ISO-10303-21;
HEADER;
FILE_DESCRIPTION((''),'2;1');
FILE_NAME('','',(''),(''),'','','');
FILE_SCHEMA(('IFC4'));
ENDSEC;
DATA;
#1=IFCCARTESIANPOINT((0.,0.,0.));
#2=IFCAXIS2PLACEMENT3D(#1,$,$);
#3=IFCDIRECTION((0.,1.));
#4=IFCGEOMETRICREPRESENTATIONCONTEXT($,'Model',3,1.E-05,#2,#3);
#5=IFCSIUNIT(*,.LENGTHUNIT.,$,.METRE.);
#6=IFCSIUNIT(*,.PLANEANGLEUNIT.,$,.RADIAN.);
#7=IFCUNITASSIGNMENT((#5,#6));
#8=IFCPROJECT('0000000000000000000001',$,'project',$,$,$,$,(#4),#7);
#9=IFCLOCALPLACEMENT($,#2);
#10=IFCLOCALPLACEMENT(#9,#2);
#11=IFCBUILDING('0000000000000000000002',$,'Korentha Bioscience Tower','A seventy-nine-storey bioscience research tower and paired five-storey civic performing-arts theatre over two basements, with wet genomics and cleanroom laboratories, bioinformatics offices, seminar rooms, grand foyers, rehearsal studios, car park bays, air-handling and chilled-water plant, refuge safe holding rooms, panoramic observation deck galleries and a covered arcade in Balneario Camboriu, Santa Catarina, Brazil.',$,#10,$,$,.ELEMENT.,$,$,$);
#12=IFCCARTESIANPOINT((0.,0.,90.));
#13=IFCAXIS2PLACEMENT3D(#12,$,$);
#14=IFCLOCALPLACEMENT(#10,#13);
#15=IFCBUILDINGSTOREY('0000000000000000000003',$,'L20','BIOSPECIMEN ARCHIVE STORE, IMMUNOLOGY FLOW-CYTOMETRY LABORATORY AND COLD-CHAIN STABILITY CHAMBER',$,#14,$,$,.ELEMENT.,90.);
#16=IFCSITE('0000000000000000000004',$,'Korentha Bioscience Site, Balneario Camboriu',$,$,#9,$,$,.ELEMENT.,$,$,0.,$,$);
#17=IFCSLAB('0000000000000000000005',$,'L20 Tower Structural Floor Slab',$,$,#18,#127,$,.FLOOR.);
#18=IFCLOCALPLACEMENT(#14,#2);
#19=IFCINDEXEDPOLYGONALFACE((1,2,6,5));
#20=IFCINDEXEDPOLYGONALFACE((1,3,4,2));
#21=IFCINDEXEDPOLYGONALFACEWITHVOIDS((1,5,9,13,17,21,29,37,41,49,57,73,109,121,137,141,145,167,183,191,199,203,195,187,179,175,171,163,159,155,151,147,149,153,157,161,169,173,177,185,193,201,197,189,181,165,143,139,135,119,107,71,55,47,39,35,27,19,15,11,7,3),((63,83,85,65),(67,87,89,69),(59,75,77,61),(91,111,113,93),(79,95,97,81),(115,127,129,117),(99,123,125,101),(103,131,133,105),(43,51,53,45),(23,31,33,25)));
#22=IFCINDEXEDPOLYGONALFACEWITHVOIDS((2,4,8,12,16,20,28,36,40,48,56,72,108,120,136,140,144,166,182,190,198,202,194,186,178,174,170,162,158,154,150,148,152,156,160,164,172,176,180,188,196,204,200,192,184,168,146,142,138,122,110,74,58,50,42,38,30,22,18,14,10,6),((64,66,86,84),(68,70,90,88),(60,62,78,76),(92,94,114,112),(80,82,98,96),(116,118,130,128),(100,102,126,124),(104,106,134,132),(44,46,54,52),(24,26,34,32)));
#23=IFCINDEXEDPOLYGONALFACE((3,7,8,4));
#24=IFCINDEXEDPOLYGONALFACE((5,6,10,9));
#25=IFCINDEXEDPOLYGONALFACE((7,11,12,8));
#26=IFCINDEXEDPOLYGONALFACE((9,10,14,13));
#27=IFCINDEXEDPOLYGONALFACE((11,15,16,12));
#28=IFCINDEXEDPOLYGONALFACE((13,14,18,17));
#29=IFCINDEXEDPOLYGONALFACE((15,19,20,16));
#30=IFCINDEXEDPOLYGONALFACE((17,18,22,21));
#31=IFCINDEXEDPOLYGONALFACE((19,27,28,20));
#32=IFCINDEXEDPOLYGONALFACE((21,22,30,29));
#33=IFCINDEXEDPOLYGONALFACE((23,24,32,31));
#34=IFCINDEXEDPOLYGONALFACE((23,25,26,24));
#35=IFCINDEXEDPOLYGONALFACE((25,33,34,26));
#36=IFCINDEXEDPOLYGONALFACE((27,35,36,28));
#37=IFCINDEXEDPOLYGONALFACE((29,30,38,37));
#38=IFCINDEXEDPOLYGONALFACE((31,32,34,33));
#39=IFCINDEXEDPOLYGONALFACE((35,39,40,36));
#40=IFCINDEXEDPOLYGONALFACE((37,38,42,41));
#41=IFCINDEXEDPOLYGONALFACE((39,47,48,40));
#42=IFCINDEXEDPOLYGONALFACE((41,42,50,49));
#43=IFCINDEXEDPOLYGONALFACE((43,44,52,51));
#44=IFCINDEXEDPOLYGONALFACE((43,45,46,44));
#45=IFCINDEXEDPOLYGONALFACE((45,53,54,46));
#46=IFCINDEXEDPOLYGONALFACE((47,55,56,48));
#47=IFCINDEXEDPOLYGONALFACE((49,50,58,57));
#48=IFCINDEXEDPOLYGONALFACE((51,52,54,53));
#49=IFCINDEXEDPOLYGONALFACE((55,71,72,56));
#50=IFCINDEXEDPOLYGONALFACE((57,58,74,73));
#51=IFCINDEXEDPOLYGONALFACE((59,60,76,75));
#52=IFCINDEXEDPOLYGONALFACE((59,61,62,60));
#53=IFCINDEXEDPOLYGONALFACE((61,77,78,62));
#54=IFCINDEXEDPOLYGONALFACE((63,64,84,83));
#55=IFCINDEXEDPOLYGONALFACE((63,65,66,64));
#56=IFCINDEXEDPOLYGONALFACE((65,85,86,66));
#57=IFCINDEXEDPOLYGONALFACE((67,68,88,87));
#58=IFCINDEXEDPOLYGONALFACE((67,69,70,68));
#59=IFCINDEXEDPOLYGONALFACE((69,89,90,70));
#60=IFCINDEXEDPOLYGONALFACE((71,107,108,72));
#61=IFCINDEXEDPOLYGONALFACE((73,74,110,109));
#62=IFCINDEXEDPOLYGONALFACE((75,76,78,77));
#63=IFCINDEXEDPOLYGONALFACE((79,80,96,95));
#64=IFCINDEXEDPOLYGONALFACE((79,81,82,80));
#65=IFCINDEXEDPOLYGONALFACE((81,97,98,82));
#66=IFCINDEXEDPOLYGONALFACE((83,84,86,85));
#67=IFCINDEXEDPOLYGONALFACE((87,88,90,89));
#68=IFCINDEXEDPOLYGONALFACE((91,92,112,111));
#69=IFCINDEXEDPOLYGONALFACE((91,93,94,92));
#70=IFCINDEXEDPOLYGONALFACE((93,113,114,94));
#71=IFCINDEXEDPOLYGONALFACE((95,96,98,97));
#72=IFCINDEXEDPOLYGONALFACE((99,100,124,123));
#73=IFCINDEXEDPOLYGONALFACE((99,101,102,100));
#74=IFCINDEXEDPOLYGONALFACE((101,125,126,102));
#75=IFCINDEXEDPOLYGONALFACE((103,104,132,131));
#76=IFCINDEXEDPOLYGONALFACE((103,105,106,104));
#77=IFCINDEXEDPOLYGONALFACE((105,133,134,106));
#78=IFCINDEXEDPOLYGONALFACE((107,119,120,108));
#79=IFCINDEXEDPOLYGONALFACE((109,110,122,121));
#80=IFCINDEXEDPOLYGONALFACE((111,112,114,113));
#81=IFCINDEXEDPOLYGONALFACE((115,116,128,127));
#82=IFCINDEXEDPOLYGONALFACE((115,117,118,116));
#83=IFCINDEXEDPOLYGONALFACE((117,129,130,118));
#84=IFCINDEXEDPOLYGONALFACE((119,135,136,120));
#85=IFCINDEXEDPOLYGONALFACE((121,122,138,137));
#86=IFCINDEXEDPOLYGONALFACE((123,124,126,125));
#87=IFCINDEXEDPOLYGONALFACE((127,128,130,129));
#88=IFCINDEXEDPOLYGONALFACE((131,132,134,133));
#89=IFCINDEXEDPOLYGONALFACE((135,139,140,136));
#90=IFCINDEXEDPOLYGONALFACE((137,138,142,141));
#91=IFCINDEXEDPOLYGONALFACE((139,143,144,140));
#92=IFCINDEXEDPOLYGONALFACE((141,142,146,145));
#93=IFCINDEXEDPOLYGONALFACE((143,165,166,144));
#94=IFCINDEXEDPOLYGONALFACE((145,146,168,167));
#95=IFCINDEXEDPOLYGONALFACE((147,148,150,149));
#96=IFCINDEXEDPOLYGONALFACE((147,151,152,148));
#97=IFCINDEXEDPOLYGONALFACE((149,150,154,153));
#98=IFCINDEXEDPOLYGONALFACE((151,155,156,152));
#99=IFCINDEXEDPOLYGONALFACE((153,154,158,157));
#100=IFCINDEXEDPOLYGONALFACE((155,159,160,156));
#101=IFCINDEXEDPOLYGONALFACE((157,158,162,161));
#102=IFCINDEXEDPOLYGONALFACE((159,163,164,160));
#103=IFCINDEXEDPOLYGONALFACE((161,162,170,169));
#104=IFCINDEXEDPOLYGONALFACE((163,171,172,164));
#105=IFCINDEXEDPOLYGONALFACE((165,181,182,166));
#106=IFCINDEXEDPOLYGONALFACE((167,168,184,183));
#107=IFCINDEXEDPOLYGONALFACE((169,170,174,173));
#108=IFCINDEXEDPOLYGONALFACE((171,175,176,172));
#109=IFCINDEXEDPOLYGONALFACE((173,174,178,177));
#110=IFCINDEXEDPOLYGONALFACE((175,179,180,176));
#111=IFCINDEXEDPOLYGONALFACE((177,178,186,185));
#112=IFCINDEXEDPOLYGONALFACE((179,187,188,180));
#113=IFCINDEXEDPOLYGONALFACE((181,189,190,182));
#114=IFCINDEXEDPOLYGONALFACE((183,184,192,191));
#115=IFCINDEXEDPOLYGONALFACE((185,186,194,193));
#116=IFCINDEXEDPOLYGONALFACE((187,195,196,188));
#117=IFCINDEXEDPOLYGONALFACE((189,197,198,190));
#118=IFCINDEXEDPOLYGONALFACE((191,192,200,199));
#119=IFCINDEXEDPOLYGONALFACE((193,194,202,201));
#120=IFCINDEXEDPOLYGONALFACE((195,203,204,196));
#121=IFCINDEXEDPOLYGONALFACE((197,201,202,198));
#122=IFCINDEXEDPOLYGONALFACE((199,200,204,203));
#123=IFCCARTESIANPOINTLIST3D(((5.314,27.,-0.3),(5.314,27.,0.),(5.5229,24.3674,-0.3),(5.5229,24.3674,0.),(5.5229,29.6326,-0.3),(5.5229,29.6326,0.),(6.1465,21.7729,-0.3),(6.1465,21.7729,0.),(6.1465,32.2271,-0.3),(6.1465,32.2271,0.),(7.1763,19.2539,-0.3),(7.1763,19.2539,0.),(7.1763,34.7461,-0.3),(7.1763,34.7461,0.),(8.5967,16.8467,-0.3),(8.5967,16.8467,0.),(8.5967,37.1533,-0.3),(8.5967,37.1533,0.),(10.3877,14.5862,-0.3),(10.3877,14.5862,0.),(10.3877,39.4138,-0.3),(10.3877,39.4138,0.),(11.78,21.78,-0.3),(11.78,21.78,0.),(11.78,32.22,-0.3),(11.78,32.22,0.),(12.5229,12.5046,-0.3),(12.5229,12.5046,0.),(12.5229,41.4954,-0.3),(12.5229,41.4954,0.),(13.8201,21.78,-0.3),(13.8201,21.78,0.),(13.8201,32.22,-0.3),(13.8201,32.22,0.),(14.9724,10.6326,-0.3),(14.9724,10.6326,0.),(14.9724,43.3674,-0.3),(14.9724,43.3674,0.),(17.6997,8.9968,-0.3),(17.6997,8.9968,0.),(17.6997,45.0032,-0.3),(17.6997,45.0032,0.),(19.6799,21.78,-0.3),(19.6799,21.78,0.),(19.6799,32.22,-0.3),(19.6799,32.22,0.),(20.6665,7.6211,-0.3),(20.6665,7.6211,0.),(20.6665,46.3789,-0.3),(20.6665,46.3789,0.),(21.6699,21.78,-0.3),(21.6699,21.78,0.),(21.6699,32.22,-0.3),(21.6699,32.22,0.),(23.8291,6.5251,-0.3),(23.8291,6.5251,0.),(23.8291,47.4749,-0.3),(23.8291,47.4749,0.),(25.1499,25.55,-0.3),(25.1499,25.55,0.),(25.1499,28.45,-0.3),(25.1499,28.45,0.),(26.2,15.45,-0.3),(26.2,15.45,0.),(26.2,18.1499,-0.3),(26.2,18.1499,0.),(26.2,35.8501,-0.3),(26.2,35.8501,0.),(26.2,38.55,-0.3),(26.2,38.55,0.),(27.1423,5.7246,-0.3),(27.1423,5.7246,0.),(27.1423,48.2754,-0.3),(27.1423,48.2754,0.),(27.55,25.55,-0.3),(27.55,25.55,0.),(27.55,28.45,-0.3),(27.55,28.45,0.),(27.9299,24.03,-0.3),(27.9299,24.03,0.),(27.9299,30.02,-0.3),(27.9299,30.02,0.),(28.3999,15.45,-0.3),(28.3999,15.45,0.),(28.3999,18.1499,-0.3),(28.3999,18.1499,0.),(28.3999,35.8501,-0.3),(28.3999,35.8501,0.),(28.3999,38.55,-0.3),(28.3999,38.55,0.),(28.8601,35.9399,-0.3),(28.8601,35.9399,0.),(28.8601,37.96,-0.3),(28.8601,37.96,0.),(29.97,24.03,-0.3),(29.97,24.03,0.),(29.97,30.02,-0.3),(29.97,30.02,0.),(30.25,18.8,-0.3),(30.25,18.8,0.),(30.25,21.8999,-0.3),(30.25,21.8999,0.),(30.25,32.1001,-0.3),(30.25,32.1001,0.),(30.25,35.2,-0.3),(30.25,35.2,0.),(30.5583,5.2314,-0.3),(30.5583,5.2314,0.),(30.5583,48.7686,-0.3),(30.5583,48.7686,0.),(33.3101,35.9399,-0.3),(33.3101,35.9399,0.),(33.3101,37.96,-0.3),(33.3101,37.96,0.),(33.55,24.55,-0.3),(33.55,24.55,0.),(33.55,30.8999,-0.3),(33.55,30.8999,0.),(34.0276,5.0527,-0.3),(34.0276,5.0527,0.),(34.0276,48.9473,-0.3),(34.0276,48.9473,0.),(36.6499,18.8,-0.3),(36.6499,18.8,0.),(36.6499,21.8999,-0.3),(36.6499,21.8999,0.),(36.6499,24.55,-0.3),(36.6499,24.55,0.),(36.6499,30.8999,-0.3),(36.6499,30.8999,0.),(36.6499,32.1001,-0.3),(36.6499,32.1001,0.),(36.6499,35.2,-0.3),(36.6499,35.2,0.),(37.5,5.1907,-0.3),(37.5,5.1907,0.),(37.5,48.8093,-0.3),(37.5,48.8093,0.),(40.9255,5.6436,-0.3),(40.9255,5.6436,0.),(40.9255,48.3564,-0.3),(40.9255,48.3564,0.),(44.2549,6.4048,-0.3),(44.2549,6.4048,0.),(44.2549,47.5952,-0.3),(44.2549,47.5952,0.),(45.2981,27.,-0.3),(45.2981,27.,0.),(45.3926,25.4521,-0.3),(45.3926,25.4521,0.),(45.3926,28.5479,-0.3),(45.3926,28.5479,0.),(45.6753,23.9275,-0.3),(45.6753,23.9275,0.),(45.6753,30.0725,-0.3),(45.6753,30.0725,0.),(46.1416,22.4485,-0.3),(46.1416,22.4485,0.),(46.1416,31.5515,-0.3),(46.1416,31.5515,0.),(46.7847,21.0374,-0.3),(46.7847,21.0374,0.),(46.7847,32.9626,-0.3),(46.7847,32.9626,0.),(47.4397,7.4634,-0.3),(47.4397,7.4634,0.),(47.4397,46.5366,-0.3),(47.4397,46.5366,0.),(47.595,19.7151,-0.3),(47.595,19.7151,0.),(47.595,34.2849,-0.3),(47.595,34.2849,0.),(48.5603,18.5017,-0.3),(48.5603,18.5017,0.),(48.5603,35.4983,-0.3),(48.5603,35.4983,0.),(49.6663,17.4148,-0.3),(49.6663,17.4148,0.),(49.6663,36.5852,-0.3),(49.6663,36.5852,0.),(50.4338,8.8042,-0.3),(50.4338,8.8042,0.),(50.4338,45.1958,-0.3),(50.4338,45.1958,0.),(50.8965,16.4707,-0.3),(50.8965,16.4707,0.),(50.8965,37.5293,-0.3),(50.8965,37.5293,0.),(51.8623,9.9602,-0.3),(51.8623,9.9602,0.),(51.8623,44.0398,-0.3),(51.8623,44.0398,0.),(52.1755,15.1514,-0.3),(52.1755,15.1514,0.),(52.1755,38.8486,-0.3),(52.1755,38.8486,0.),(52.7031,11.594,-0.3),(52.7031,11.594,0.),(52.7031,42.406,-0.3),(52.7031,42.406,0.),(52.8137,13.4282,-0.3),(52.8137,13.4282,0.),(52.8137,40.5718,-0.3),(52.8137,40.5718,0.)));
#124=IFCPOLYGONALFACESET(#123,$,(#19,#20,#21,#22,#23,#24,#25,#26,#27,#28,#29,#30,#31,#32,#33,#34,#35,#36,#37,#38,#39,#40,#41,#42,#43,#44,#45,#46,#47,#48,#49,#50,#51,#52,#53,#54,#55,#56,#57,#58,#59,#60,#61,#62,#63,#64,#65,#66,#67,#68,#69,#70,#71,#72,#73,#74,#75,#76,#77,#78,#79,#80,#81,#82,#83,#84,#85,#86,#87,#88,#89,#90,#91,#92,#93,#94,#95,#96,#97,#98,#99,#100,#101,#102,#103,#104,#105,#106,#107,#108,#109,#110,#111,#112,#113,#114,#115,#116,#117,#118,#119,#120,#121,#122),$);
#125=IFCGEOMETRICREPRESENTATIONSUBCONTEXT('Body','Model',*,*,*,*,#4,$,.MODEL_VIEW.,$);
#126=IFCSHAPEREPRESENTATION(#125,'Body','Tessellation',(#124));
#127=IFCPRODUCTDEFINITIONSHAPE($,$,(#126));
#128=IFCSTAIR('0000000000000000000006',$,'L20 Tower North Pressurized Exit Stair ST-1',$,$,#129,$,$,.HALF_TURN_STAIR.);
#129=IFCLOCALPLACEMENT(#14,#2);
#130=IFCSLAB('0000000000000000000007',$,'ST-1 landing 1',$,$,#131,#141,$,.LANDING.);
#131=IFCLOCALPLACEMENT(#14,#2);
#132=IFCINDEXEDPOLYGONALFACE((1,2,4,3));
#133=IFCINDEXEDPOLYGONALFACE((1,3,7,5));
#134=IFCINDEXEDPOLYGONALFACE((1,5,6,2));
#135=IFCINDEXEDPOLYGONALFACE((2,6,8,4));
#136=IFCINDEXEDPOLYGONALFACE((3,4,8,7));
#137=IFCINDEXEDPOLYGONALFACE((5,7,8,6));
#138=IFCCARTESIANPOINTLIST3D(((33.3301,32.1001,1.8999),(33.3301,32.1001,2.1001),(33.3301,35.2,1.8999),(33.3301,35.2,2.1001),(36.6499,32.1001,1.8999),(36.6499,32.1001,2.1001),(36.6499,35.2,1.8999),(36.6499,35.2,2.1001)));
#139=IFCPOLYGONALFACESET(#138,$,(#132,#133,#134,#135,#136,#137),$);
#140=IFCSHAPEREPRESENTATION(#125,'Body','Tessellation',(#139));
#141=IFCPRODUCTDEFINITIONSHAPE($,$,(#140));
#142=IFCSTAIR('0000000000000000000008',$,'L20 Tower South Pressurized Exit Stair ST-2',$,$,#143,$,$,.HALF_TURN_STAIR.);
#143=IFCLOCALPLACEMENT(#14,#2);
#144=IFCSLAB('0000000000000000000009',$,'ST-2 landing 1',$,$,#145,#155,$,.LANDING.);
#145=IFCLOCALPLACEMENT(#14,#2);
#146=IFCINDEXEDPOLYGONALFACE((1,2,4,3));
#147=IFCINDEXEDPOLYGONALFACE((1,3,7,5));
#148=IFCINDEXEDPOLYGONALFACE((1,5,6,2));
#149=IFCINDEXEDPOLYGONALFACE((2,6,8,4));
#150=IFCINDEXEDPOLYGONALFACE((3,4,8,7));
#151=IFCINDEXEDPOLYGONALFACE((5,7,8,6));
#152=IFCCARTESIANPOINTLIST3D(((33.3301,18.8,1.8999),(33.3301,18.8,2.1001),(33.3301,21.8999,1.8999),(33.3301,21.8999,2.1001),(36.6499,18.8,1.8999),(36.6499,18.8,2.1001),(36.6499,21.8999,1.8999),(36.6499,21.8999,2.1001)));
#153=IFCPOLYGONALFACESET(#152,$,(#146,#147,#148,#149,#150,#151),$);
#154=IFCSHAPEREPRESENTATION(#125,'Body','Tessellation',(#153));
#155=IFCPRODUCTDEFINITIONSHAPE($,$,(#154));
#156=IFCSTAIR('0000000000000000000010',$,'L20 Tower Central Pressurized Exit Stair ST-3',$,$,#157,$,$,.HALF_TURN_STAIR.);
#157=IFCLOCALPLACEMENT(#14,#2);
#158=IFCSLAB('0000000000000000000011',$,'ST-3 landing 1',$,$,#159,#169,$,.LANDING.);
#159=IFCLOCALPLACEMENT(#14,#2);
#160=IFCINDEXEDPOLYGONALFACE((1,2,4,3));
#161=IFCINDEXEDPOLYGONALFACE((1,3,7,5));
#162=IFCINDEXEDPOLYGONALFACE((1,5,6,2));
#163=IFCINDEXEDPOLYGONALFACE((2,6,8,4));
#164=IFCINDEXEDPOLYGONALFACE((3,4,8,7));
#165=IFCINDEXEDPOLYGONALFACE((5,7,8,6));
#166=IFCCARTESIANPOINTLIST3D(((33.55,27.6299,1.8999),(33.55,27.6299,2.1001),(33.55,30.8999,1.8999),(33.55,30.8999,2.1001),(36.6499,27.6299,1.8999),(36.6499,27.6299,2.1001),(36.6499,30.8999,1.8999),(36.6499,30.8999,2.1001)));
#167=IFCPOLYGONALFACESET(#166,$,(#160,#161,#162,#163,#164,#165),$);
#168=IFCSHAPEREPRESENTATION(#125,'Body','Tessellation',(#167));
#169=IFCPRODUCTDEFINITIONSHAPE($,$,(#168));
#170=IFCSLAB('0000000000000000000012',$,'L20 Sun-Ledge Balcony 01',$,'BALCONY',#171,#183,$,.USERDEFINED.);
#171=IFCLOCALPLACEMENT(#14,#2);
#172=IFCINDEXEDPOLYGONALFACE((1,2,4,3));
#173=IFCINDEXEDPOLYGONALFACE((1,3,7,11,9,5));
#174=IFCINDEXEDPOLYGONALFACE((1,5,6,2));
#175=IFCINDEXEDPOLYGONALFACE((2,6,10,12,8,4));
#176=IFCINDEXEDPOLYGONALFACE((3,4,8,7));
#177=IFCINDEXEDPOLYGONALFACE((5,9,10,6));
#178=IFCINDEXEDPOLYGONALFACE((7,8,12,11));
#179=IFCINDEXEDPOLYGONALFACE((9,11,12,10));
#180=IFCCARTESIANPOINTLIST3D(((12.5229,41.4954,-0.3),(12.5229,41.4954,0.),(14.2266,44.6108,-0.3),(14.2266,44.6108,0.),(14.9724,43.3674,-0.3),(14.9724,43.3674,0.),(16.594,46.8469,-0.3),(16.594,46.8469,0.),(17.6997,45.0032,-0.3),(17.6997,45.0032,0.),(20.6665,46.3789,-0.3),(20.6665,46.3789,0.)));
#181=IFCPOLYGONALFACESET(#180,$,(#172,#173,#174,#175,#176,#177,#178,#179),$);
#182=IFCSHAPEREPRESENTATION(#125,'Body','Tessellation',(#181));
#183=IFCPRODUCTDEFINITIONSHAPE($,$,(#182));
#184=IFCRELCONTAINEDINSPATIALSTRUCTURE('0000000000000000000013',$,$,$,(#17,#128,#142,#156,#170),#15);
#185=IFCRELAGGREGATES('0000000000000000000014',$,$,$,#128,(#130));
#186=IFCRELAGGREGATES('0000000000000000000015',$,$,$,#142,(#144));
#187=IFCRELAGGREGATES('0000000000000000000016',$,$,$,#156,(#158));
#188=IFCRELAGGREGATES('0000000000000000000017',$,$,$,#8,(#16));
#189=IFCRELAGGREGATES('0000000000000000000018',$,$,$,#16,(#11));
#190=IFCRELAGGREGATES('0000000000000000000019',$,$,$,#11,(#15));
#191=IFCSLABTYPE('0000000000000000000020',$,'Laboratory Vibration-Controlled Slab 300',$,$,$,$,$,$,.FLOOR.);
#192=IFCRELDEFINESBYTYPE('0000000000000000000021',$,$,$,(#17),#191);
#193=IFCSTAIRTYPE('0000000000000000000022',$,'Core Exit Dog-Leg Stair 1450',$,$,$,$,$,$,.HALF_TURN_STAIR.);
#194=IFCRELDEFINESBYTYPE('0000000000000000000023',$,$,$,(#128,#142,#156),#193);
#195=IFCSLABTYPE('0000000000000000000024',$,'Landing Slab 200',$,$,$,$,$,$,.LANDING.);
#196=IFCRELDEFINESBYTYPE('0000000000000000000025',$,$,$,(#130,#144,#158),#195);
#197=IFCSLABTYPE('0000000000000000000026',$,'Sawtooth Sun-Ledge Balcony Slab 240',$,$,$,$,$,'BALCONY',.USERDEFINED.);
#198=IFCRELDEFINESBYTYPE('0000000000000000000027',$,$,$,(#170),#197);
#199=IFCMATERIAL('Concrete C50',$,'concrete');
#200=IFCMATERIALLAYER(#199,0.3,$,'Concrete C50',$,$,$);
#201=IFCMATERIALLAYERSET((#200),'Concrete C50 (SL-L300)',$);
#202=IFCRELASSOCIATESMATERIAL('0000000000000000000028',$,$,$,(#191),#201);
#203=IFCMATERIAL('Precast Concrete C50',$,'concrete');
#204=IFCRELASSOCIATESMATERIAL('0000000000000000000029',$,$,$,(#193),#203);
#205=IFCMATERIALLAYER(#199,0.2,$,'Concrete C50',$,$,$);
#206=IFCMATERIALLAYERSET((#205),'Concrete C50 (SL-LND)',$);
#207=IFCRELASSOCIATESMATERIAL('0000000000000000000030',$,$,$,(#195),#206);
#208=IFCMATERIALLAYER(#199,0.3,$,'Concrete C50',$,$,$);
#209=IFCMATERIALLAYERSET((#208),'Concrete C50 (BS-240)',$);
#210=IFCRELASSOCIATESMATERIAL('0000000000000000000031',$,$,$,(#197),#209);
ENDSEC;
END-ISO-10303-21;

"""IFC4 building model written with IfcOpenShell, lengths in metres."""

from ifc_helpers import new_model, si_unit, direction, frame, origin, place, context, subcontext, project, spatial, polyline, outline, extrude, material, layer, layer_set, type_object, element, aggregate, save


model = new_model("IFC4")

# Units and contexts
model_context = context("Model", 3, precision=1e-05, world=origin(), true_north=direction((0.0, 1.0)))
body_context = subcontext(model_context, "Body", "Model", "MODEL_VIEW")
ifc_project = project(units=[si_unit("LENGTHUNIT", "METRE"), si_unit("PLANEANGLEUNIT", "RADIAN")], contexts=[model_context])

# Site, building, storey
site_placement = place(None, origin())
site = spatial("IfcSite", under=ifc_project, at=site_placement, Name="Korentha Bioscience Site, Balneario Camboriu", CompositionType="ELEMENT", RefElevation=0.0)
building_placement = place(site_placement, origin())
building = spatial("IfcBuilding", under=site, at=building_placement, Name="Korentha Bioscience Tower", Description="A seventy-nine-storey bioscience research tower and paired five-storey civic performing-arts theatre over two basements, with wet genomics and cleanroom laboratories, bioinformatics offices, seminar rooms, grand foyers, rehearsal studios, car park bays, air-handling and chilled-water plant, refuge safe holding rooms, panoramic observation deck galleries and a covered arcade in Balneario Camboriu, Santa Catarina, Brazil.", CompositionType="ELEMENT")
storey_placement = place(building_placement, frame((0.0, 0.0, 90.0)))
storey = spatial("IfcBuildingStorey", under=building, at=storey_placement, Name="L20", Description="BIOSPECIMEN ARCHIVE STORE, IMMUNOLOGY FLOW-CYTOMETRY LABORATORY AND COLD-CHAIN STABILITY CHAMBER", CompositionType="ELEMENT", Elevation=90.0)

# Slab
ifc_material_1 = material(Name="Concrete C50", Category="concrete")
ifc_layer_1 = layer(ifc_material_1, 0.3, Name="Concrete C50")
ifc_layer_set_1 = layer_set([ifc_layer_1], Name="Concrete C50 (SL-L300)")
slab_type_1 = type_object("IfcSlabType", Name="Laboratory Vibration-Controlled Slab 300", PredefinedType="FLOOR", material=ifc_layer_set_1)
slab_1_placement = place(storey_placement, frame((0.0, 0.0, -0.3)))
element("IfcSlab", 1, at=slab_1_placement, inside=storey, type_object=slab_type_1, Name="L20 Tower Structural Floor Slab", PredefinedType="FLOOR", context=body_context, shape_type="SweptSolid", body=[
    extrude(outline(polyline([(50.4338, 45.1958), (47.4397, 46.5366), (44.2549, 47.5952), (40.9255, 48.3564), (37.5, 48.8093), (34.0276, 48.9473), (30.5583, 48.7686), (27.1423, 48.2754), (23.8291, 47.4749), (20.6665, 46.3789), (17.6997, 45.0032), (14.9724, 43.3674), (12.5229, 41.4954), (10.3877, 39.4138), (8.5967, 37.1533), (7.1763, 34.7461), (6.1465, 32.2271), (5.5229, 29.6326), (5.314, 27.0), (5.5229, 24.3674), (6.1465, 21.7729), (7.1763, 19.2539), (8.5967, 16.8467), (10.3877, 14.5862), (12.5229, 12.5046), (14.9724, 10.6326), (17.6997, 8.9968), (20.6665, 7.6211), (23.8291, 6.5251), (27.1423, 5.7246), (30.5583, 5.2314), (34.0276, 5.0527), (37.5, 5.1907), (40.9255, 5.6436), (44.2549, 6.4048), (47.4397, 7.4634), (50.4338, 8.8042), (51.8623, 9.9602), (52.7031, 11.594), (52.8137, 13.4282), (52.1755, 15.1514), (50.8965, 16.4707), (49.6663, 17.4148), (48.5603, 18.5017), (47.595, 19.7151), (46.7847, 21.0374), (46.1416, 22.4485), (45.6753, 23.9275), (45.3926, 25.4521), (45.2981, 27.0), (45.3926, 28.5479), (45.6753, 30.0725), (46.1416, 31.5515), (46.7847, 32.9626), (47.595, 34.2849), (48.5603, 35.4983), (49.6663, 36.5852), (50.8965, 37.5293), (52.1755, 38.8486), (52.8137, 40.5718), (52.7031, 42.406), (51.8623, 44.0398), (50.4338, 45.1958)]), holes=[polyline([(30.25, 32.1001), (36.6499, 32.1001), (36.6499, 35.2), (30.25, 35.2), (30.25, 32.1001)]), polyline([(30.25, 18.8), (36.6499, 18.8), (36.6499, 21.8999), (30.25, 21.8999), (30.25, 18.8)]), polyline([(36.6499, 24.55), (36.6499, 30.8999), (33.55, 30.8999), (33.55, 24.55), (36.6499, 24.55)]), polyline([(11.78, 21.78), (13.8201, 21.78), (13.8201, 32.22), (11.78, 32.22), (11.78, 21.78)]), polyline([(19.6799, 21.78), (21.6699, 21.78), (21.6699, 32.22), (19.6799, 32.22), (19.6799, 21.78)]), polyline([(27.9299, 24.03), (29.97, 24.03), (29.97, 30.02), (27.9299, 30.02), (27.9299, 24.03)]), polyline([(28.8601, 35.9399), (33.3101, 35.9399), (33.3101, 37.96), (28.8601, 37.96), (28.8601, 35.9399)]), polyline([(26.2, 15.45), (28.3999, 15.45), (28.3999, 18.1499), (26.2, 18.1499), (26.2, 15.45)]), polyline([(26.2, 35.8501), (28.3999, 35.8501), (28.3999, 38.55), (26.2, 38.55), (26.2, 35.8501)]), polyline([(25.1499, 25.55), (27.55, 25.55), (27.55, 28.45), (25.1499, 28.45), (25.1499, 25.55)])]), origin(), (0.0, 0.0, 1.0), 0.3),
])

# Stairs, slabs
ifc_material_2 = material(Name="Precast Concrete C50", Category="concrete")
stair_type = type_object("IfcStairType", Name="Core Exit Dog-Leg Stair 1450", PredefinedType="HALF_TURN_STAIR", material=ifc_material_2)
stair_1_placement = place(storey_placement, origin())
stair_1 = element("IfcStair", 2, at=stair_1_placement, inside=storey, type_object=stair_type, Name="L20 Tower North Pressurized Exit Stair ST-1", PredefinedType="HALF_TURN_STAIR")
ifc_layer_2 = layer(ifc_material_1, 0.2, Name="Concrete C50")
ifc_layer_set_2 = layer_set([ifc_layer_2], Name="Concrete C50 (SL-LND)")
slab_type_2 = type_object("IfcSlabType", Name="Landing Slab 200", PredefinedType="LANDING", material=ifc_layer_set_2)
slab_2_placement = place(storey_placement, frame((0.0, 0.0, 1.8999)))
slab_2 = element("IfcSlab", 3, at=slab_2_placement, type_object=slab_type_2, Name="ST-1 landing 1", PredefinedType="LANDING", context=body_context, shape_type="SweptSolid", body=[
    extrude(outline(polyline([(33.3301, 32.1001), (36.6499, 32.1001), (36.6499, 35.2), (33.3301, 35.2), (33.3301, 32.1001)])), origin(), (0.0, 0.0, 1.0), 0.2002),
])
aggregate(stair_1, [slab_2])
stair_2_placement = place(storey_placement, origin())
stair_2 = element("IfcStair", 4, at=stair_2_placement, inside=storey, type_object=stair_type, Name="L20 Tower South Pressurized Exit Stair ST-2", PredefinedType="HALF_TURN_STAIR")
slab_3_placement = place(storey_placement, frame((0.0, 0.0, 1.8999)))
slab_3 = element("IfcSlab", 5, at=slab_3_placement, type_object=slab_type_2, Name="ST-2 landing 1", PredefinedType="LANDING", context=body_context, shape_type="SweptSolid", body=[
    extrude(outline(polyline([(33.3301, 18.8), (36.6499, 18.8), (36.6499, 21.8999), (33.3301, 21.8999), (33.3301, 18.8)])), origin(), (0.0, 0.0, 1.0), 0.2002),
])
aggregate(stair_2, [slab_3])
stair_3_placement = place(storey_placement, origin())
stair_3 = element("IfcStair", 6, at=stair_3_placement, inside=storey, type_object=stair_type, Name="L20 Tower Central Pressurized Exit Stair ST-3", PredefinedType="HALF_TURN_STAIR")
slab_4_placement = place(storey_placement, frame((0.0, 0.0, 1.8999)))
slab_4 = element("IfcSlab", 7, at=slab_4_placement, type_object=slab_type_2, Name="ST-3 landing 1", PredefinedType="LANDING", context=body_context, shape_type="SweptSolid", body=[
    extrude(outline(polyline([(36.6499, 27.6299), (36.6499, 30.8999), (33.55, 30.8999), (33.55, 27.6299), (36.6499, 27.6299)])), origin(), (0.0, 0.0, 1.0), 0.2002),
])
aggregate(stair_3, [slab_4])

# Slab
ifc_layer_3 = layer(ifc_material_1, 0.3, Name="Concrete C50")
ifc_layer_set_3 = layer_set([ifc_layer_3], Name="Concrete C50 (BS-240)")
slab_type_3 = type_object("IfcSlabType", Name="Sawtooth Sun-Ledge Balcony Slab 240", ElementType="BALCONY", PredefinedType="USERDEFINED", material=ifc_layer_set_3)
slab_5_placement = place(storey_placement, frame((0.0, 0.0, -0.3)))
element("IfcSlab", 8, at=slab_5_placement, inside=storey, type_object=slab_type_3, Name="L20 Sun-Ledge Balcony 01", ObjectType="BALCONY", PredefinedType="USERDEFINED", context=body_context, shape_type="SweptSolid", body=[
    extrude(outline(polyline([(12.5229, 41.4954), (14.9724, 43.3674), (17.6997, 45.0032), (20.6665, 46.3789), (16.594, 46.8469), (14.2266, 44.6108), (12.5229, 41.4954)])), origin(), (0.0, 0.0, 1.0), 0.3),
])

save(model, "model.ifc")
